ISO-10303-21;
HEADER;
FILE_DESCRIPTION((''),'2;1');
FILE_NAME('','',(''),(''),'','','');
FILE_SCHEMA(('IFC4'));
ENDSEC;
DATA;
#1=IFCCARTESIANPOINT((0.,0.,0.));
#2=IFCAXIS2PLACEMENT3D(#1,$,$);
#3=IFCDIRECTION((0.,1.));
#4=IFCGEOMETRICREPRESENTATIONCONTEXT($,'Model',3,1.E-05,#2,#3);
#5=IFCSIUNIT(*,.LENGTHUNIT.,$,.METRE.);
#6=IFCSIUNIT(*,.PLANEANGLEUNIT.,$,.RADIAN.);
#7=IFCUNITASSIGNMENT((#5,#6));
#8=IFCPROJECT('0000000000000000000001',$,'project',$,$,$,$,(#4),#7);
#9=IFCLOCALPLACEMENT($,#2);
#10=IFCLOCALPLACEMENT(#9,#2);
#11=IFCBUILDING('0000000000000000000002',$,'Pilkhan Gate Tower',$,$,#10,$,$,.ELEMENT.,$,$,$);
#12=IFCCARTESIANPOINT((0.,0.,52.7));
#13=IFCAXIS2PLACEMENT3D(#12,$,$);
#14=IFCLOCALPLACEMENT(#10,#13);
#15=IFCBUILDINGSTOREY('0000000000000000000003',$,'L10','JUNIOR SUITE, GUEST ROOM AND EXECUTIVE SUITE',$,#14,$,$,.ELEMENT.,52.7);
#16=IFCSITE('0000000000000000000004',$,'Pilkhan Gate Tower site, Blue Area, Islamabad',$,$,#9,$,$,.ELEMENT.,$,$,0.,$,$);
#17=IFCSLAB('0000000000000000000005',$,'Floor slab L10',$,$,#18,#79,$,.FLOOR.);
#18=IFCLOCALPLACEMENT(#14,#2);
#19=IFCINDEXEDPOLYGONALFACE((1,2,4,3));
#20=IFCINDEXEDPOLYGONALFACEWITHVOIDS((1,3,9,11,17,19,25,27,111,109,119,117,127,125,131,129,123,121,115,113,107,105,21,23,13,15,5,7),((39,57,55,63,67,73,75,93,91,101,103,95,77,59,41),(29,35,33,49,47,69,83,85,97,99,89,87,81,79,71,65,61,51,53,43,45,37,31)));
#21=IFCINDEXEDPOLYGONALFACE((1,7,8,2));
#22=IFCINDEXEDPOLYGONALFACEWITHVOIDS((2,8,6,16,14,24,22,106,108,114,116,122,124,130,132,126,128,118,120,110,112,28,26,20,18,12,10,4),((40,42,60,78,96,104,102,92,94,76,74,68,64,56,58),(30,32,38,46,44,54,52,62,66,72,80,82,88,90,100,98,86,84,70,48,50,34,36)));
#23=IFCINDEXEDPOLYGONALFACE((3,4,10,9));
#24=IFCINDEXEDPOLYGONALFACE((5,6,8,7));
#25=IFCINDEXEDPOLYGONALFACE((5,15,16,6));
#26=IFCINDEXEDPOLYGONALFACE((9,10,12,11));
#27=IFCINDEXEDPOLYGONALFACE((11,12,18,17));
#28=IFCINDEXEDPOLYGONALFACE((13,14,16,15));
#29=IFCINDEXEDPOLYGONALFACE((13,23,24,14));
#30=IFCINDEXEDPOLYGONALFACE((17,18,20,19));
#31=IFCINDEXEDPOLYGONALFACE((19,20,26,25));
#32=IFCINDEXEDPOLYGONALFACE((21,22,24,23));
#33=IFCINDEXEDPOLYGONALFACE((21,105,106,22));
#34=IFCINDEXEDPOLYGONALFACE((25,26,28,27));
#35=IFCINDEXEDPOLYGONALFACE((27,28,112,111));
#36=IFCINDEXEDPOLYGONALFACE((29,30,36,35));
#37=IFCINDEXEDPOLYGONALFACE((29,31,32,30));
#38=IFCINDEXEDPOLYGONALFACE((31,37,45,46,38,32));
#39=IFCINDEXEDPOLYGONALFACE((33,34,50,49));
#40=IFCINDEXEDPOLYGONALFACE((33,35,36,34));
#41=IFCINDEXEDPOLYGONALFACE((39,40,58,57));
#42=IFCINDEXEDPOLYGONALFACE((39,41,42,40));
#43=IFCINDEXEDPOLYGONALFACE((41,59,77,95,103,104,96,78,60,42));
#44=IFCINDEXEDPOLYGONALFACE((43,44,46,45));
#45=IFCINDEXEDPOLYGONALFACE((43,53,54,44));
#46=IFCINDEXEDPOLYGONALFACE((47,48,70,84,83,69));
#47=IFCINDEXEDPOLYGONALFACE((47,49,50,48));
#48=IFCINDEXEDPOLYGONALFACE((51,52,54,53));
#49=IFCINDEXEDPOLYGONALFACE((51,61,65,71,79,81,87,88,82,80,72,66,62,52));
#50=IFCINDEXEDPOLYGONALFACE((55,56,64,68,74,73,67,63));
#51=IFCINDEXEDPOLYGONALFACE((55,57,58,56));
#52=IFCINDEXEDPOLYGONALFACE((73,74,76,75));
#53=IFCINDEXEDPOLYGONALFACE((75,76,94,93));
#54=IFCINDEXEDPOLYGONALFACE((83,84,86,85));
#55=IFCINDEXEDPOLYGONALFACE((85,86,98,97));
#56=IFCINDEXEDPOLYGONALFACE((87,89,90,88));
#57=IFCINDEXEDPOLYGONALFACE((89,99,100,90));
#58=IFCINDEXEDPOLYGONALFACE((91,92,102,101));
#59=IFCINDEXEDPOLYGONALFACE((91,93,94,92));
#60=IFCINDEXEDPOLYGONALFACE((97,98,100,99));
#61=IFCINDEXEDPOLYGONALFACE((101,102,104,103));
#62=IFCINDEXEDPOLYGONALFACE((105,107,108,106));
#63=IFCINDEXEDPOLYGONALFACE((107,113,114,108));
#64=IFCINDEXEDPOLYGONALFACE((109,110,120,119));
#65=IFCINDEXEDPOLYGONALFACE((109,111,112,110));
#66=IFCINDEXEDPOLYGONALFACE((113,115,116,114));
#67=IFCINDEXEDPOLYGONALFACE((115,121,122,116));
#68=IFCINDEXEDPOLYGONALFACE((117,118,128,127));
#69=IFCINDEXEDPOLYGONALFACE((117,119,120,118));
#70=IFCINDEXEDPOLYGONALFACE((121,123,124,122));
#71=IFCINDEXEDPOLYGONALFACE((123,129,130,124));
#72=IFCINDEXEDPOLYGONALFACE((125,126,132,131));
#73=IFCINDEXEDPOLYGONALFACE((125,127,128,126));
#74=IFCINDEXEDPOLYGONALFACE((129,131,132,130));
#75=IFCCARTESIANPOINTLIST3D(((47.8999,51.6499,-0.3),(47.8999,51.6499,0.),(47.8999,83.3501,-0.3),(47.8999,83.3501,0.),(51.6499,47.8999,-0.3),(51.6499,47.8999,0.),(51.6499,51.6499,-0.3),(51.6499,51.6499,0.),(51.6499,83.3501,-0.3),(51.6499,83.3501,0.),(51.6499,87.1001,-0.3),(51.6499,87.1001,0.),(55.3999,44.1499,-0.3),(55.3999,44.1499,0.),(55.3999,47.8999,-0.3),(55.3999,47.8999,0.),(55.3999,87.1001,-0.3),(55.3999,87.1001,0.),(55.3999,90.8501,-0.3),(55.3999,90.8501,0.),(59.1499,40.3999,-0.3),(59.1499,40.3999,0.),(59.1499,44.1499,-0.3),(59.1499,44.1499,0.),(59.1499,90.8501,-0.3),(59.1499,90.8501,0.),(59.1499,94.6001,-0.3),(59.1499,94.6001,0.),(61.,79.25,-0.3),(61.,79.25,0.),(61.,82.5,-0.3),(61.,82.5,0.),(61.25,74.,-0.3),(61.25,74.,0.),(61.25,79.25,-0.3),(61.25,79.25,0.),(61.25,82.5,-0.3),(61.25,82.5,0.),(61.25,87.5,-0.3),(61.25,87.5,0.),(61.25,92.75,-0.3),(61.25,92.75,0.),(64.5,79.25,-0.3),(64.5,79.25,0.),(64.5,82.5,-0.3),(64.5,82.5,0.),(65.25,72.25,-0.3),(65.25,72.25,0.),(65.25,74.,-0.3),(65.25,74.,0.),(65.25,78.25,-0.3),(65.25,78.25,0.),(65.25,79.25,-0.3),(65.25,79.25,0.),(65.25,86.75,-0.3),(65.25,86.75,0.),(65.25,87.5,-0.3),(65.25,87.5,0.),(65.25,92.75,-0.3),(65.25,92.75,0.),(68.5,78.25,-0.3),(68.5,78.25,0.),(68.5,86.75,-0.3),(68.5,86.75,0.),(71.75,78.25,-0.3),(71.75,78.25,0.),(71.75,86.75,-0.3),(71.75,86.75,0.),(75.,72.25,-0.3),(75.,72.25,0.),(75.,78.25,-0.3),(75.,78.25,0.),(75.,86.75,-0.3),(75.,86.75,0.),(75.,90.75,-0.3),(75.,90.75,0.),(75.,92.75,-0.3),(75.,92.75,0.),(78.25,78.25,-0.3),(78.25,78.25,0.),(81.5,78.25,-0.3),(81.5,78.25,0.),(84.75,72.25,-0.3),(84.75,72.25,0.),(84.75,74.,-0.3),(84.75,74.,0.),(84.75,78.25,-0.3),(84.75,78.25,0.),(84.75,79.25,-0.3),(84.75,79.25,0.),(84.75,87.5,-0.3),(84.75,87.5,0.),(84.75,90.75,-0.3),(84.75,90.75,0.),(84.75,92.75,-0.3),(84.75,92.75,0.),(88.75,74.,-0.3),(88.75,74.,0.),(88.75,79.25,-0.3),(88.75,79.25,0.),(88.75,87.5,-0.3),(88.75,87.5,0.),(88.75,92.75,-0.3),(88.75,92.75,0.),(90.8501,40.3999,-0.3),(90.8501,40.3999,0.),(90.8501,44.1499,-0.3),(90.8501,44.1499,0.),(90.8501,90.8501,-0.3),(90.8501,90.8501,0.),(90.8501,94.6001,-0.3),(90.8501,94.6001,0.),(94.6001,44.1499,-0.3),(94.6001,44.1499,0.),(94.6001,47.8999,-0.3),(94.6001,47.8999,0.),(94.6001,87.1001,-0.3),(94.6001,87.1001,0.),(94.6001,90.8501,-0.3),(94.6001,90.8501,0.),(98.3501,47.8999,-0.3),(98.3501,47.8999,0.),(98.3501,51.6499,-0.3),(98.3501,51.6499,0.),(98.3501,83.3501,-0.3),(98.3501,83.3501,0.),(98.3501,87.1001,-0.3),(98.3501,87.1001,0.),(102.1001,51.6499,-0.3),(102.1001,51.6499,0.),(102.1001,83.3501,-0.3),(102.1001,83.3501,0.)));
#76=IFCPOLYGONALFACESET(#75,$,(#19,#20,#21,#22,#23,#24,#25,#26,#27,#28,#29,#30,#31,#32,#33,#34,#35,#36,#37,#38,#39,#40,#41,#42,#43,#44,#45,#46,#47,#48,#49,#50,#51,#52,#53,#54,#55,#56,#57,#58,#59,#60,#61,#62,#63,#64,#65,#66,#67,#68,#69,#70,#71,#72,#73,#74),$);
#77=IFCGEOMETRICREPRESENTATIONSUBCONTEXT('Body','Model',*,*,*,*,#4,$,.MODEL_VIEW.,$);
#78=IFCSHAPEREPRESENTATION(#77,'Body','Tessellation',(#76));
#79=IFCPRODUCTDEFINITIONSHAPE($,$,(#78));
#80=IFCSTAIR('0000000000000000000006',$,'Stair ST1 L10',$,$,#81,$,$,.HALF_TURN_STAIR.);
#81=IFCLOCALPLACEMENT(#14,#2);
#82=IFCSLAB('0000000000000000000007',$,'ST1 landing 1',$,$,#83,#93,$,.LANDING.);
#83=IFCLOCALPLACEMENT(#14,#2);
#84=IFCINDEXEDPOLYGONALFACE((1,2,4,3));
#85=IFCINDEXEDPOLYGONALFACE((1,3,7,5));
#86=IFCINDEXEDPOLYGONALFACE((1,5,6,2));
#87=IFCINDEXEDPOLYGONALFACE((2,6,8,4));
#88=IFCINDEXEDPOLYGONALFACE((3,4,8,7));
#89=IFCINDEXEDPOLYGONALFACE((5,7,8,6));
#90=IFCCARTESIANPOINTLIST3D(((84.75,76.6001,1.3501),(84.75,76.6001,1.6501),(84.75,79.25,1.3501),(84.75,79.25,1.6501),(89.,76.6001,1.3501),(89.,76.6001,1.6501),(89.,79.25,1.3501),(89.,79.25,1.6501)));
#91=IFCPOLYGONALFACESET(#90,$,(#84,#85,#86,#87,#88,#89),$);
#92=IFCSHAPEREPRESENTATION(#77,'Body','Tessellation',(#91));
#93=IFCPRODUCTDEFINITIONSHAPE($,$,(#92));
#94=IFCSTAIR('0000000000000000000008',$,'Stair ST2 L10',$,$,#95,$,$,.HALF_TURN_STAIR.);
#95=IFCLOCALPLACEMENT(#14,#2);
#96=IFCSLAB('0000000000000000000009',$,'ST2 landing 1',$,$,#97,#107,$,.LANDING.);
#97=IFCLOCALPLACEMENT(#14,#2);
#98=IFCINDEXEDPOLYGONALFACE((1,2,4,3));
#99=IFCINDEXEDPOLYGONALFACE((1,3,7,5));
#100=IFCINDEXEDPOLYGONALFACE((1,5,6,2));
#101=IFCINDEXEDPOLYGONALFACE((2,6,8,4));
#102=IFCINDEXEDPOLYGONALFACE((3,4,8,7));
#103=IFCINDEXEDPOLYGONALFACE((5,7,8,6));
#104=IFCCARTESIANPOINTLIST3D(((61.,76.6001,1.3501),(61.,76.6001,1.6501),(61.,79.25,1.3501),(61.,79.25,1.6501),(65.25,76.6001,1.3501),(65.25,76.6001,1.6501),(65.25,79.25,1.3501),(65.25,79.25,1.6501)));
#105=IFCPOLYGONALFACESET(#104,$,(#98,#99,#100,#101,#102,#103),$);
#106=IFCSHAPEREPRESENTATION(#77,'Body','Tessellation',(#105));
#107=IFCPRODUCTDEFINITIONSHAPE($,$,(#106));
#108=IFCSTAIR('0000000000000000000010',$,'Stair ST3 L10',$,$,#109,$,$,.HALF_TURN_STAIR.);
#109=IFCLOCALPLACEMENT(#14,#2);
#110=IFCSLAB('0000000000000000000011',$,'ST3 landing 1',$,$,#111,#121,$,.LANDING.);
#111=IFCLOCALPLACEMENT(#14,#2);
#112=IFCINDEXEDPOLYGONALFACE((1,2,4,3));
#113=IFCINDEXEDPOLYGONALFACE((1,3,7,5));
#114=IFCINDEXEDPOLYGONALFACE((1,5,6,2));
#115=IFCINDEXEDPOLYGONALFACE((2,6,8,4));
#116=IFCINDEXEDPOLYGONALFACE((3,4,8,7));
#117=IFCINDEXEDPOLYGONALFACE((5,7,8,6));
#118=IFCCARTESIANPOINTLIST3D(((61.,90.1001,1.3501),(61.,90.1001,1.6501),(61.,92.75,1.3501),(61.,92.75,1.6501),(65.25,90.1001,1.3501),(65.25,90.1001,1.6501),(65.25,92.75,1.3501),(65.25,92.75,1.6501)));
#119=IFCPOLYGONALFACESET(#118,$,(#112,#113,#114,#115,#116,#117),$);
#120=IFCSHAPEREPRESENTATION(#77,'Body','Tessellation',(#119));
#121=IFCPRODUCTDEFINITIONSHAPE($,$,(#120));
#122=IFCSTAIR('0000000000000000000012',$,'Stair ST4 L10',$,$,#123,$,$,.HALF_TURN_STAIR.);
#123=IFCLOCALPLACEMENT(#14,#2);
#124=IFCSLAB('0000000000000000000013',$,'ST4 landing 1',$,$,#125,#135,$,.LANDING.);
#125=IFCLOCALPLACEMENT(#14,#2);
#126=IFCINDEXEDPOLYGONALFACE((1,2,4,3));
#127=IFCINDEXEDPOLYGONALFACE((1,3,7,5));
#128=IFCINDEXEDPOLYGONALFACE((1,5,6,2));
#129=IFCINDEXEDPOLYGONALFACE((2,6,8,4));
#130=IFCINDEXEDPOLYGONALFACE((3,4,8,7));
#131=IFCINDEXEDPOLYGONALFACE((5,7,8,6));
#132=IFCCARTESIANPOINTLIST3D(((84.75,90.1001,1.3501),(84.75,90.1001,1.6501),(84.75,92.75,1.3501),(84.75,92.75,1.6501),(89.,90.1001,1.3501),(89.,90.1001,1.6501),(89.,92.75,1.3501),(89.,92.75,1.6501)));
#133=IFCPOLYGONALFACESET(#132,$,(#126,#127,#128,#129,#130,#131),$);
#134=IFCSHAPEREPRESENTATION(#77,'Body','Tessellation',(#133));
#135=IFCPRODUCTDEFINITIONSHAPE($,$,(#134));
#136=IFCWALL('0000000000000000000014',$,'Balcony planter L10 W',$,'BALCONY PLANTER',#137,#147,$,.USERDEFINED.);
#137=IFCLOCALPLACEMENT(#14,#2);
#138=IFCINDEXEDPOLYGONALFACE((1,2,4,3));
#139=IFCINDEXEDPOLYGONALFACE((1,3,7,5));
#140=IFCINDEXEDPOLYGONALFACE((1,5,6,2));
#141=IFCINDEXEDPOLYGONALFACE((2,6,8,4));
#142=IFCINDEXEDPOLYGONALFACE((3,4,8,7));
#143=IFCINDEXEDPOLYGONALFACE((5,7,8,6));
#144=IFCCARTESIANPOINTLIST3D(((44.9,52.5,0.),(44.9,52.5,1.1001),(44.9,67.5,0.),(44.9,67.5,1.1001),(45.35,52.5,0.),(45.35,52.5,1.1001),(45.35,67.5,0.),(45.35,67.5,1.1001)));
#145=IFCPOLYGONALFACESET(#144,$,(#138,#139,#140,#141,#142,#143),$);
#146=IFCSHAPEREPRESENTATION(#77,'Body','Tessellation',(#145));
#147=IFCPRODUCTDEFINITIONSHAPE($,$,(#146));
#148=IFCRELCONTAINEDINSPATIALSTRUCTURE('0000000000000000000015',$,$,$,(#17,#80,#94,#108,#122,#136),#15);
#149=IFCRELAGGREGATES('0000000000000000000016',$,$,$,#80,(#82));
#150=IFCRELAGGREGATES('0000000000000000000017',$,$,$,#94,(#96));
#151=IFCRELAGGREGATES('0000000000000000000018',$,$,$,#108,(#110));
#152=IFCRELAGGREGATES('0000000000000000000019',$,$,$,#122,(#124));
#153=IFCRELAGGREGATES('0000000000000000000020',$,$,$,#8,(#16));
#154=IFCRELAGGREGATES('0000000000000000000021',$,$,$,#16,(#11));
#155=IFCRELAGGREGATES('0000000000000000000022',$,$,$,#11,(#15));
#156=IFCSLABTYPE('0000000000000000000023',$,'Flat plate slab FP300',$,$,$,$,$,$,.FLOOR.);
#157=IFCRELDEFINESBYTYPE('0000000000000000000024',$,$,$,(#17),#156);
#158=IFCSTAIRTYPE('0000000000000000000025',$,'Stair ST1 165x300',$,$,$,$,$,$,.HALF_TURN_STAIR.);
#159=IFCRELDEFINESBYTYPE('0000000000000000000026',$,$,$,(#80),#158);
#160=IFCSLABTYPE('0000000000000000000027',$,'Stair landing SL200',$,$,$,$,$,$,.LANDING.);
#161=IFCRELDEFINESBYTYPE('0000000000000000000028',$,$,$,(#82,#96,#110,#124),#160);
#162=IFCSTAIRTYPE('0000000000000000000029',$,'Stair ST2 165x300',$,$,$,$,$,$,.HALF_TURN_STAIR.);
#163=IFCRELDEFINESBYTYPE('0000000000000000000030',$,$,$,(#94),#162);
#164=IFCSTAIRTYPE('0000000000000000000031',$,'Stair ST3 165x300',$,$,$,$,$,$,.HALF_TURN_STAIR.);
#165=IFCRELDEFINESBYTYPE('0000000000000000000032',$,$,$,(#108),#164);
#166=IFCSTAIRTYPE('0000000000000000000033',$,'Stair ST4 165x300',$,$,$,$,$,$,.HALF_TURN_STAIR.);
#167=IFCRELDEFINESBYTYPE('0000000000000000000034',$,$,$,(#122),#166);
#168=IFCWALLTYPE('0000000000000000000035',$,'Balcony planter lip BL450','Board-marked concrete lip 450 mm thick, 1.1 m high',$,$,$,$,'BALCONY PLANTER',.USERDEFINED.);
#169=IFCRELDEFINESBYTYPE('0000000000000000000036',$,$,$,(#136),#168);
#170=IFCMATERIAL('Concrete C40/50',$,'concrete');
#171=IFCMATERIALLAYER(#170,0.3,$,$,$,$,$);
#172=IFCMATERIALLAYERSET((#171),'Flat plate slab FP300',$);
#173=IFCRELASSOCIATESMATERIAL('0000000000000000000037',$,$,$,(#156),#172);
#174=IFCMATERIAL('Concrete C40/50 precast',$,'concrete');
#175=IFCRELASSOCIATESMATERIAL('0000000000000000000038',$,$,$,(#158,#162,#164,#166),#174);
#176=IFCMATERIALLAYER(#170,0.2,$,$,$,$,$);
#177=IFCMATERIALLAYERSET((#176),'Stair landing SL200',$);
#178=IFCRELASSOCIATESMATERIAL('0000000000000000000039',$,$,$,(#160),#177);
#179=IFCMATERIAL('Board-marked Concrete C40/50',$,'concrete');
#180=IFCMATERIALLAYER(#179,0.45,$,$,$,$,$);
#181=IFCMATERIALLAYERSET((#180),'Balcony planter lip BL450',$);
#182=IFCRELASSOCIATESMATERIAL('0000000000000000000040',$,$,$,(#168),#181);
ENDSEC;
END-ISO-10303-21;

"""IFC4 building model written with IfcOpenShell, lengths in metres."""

from ifc_helpers import new_model, si_unit, direction, frame, frame_2d, origin, place, context, subcontext, project, spatial, polyline, rectangle, outline, extrude, material, layer, layer_set, type_object, element, aggregate, save


model = new_model("IFC4")

# Units and contexts
model_context = context("Model", 3, precision=1e-05, world=origin(), true_north=direction((0.0, 1.0)))
body_context = subcontext(model_context, "Body", "Model", "MODEL_VIEW")
ifc_project = project(units=[si_unit("LENGTHUNIT", "METRE"), si_unit("PLANEANGLEUNIT", "RADIAN")], contexts=[model_context])

# Site, building, storey
site_placement = place(None, origin())
site = spatial("IfcSite", under=ifc_project, at=site_placement, Name="Pilkhan Gate Tower site, Blue Area, Islamabad", CompositionType="ELEMENT", RefElevation=0.0)
building_placement = place(site_placement, origin())
building = spatial("IfcBuilding", under=site, at=building_placement, Name="Pilkhan Gate Tower", CompositionType="ELEMENT")
storey_placement = place(building_placement, frame((0.0, 0.0, 52.7)))
storey = spatial("IfcBuildingStorey", under=building, at=storey_placement, Name="L10", Description="JUNIOR SUITE, GUEST ROOM AND EXECUTIVE SUITE", CompositionType="ELEMENT", Elevation=52.7)

# Slab
ifc_material_1 = material(Name="Concrete C40/50", Category="concrete")
ifc_layer_1 = layer(ifc_material_1, 0.3)
ifc_layer_set_1 = layer_set([ifc_layer_1], Name="Flat plate slab FP300")
slab_type_1 = type_object("IfcSlabType", Name="Flat plate slab FP300", PredefinedType="FLOOR", material=ifc_layer_set_1)
slab_1_placement = place(storey_placement, frame((0.0, 0.0, -0.3)))
element("IfcSlab", 1, at=slab_1_placement, inside=storey, type_object=slab_type_1, Name="Floor slab L10", PredefinedType="FLOOR", context=body_context, shape_type="SweptSolid", body=[
    extrude(outline(polyline([(98.3501, 47.8999), (94.6001, 47.8999), (94.6001, 44.1499), (90.8501, 44.1499), (90.8501, 40.3999), (59.1499, 40.3999), (59.1499, 44.1499), (55.3999, 44.1499), (55.3999, 47.8999), (51.6499, 47.8999), (51.6499, 51.6499), (47.8999, 51.6499), (47.8999, 83.3501), (51.6499, 83.3501), (51.6499, 87.1001), (55.3999, 87.1001), (55.3999, 90.8501), (59.1499, 90.8501), (59.1499, 94.6001), (90.8501, 94.6001), (90.8501, 90.8501), (94.6001, 90.8501), (94.6001, 87.1001), (98.3501, 87.1001), (98.3501, 83.3501), (102.1001, 83.3501), (102.1001, 51.6499), (98.3501, 51.6499), (98.3501, 47.8999)]), holes=[polyline([(65.25, 87.5), (65.25, 86.75), (68.5, 86.75), (71.75, 86.75), (75.0, 86.75), (75.0, 90.75), (84.75, 90.75), (84.75, 87.5), (88.75, 87.5), (88.75, 92.75), (84.75, 92.75), (75.0, 92.75), (65.25, 92.75), (61.25, 92.75), (61.25, 87.5), (65.25, 87.5)]), polyline([(75.0, 72.25), (84.75, 72.25), (84.75, 74.0), (88.75, 74.0), (88.75, 79.25), (84.75, 79.25), (84.75, 78.25), (81.5, 78.25), (78.25, 78.25), (75.0, 78.25), (71.75, 78.25), (68.5, 78.25), (65.25, 78.25), (65.25, 79.25), (64.5, 79.25), (64.5, 82.5), (61.25, 82.5), (61.0, 82.5), (61.0, 79.25), (61.25, 79.25), (61.25, 74.0), (65.25, 74.0), (65.25, 72.25), (75.0, 72.25)])]), origin(), (0.0, 0.0, 1.0), 0.3),
])

# Stairs, slabs
ifc_material_2 = material(Name="Concrete C40/50 precast", Category="concrete")
stair_type_1 = type_object("IfcStairType", Name="Stair ST1 165x300", PredefinedType="HALF_TURN_STAIR", material=ifc_material_2)
stair_1_placement = place(storey_placement, origin())
stair_1 = element("IfcStair", 2, at=stair_1_placement, inside=storey, type_object=stair_type_1, Name="Stair ST1 L10", PredefinedType="HALF_TURN_STAIR")
ifc_layer_2 = layer(ifc_material_1, 0.2)
ifc_layer_set_2 = layer_set([ifc_layer_2], Name="Stair landing SL200")
slab_type_2 = type_object("IfcSlabType", Name="Stair landing SL200", PredefinedType="LANDING", material=ifc_layer_set_2)
slab_2_placement = place(storey_placement, frame((0.0, 0.0, 1.3501)))
slab_2 = element("IfcSlab", 3, at=slab_2_placement, type_object=slab_type_2, Name="ST1 landing 1", PredefinedType="LANDING", context=body_context, shape_type="SweptSolid", body=[
    extrude(outline(polyline([(89.0, 76.6001), (89.0, 79.25), (84.75, 79.25), (84.75, 76.6001), (89.0, 76.6001)])), origin(), (0.0, 0.0, 1.0), 0.3),
])
aggregate(stair_1, [slab_2])
stair_type_2 = type_object("IfcStairType", Name="Stair ST2 165x300", PredefinedType="HALF_TURN_STAIR", material=ifc_material_2)
stair_2_placement = place(storey_placement, origin())
stair_2 = element("IfcStair", 4, at=stair_2_placement, inside=storey, type_object=stair_type_2, Name="Stair ST2 L10", PredefinedType="HALF_TURN_STAIR")
slab_3_placement = place(storey_placement, frame((0.0, 0.0, 1.3501)))
slab_3 = element("IfcSlab", 5, at=slab_3_placement, type_object=slab_type_2, Name="ST2 landing 1", PredefinedType="LANDING", context=body_context, shape_type="SweptSolid", body=[
    extrude(outline(polyline([(65.25, 76.6001), (65.25, 79.25), (61.0, 79.25), (61.0, 76.6001), (65.25, 76.6001)])), origin(), (0.0, 0.0, 1.0), 0.3),
])
aggregate(stair_2, [slab_3])
stair_type_3 = type_object("IfcStairType", Name="Stair ST3 165x300", PredefinedType="HALF_TURN_STAIR", material=ifc_material_2)
stair_3_placement = place(storey_placement, origin())
stair_3 = element("IfcStair", 6, at=stair_3_placement, inside=storey, type_object=stair_type_3, Name="Stair ST3 L10", PredefinedType="HALF_TURN_STAIR")
slab_4_placement = place(storey_placement, frame((0.0, 0.0, 1.3501)))
slab_4 = element("IfcSlab", 7, at=slab_4_placement, type_object=slab_type_2, Name="ST3 landing 1", PredefinedType="LANDING", context=body_context, shape_type="SweptSolid", body=[
    extrude(outline(polyline([(65.25, 90.1001), (65.25, 92.75), (61.0, 92.75), (61.0, 90.1001), (65.25, 90.1001)])), origin(), (0.0, 0.0, 1.0), 0.3),
])
aggregate(stair_3, [slab_4])
stair_type_4 = type_object("IfcStairType", Name="Stair ST4 165x300", PredefinedType="HALF_TURN_STAIR", material=ifc_material_2)
stair_4_placement = place(storey_placement, origin())
stair_4 = element("IfcStair", 8, at=stair_4_placement, inside=storey, type_object=stair_type_4, Name="Stair ST4 L10", PredefinedType="HALF_TURN_STAIR")
slab_5_placement = place(storey_placement, frame((0.0, 0.0, 1.3501)))
slab_5 = element("IfcSlab", 9, at=slab_5_placement, type_object=slab_type_2, Name="ST4 landing 1", PredefinedType="LANDING", context=body_context, shape_type="SweptSolid", body=[
    extrude(outline(polyline([(89.0, 90.1001), (89.0, 92.75), (84.75, 92.75), (84.75, 90.1001), (89.0, 90.1001)])), origin(), (0.0, 0.0, 1.0), 0.3),
])
aggregate(stair_4, [slab_5])

# Wall
ifc_material_3 = material(Name="Board-marked Concrete C40/50", Category="concrete")
ifc_layer_3 = layer(ifc_material_3, 0.45)
ifc_layer_set_3 = layer_set([ifc_layer_3], Name="Balcony planter lip BL450")
wall_type = type_object("IfcWallType", Name="Balcony planter lip BL450", Description="Board-marked concrete lip 450 mm thick, 1.1 m high", ElementType="BALCONY PLANTER", PredefinedType="USERDEFINED", material=ifc_layer_set_3)
wall_placement = place(storey_placement, frame((45.125, 52.5, 0.0), z_axis=(0.0, 0.0, 1.0), x_axis=(0.0, 1.0, 0.0)))
element("IfcWall", 10, at=wall_placement, inside=storey, type_object=wall_type, Name="Balcony planter L10 W", ObjectType="BALCONY PLANTER", PredefinedType="USERDEFINED", context=body_context, shape_type="SweptSolid", body=[
    extrude(rectangle(XDim=15.0, YDim=0.45, at=frame_2d((7.5, 0.0))), origin(), (0.0, 0.0, 1.0), 1.1001),
])

save(model, "model.ifc")
